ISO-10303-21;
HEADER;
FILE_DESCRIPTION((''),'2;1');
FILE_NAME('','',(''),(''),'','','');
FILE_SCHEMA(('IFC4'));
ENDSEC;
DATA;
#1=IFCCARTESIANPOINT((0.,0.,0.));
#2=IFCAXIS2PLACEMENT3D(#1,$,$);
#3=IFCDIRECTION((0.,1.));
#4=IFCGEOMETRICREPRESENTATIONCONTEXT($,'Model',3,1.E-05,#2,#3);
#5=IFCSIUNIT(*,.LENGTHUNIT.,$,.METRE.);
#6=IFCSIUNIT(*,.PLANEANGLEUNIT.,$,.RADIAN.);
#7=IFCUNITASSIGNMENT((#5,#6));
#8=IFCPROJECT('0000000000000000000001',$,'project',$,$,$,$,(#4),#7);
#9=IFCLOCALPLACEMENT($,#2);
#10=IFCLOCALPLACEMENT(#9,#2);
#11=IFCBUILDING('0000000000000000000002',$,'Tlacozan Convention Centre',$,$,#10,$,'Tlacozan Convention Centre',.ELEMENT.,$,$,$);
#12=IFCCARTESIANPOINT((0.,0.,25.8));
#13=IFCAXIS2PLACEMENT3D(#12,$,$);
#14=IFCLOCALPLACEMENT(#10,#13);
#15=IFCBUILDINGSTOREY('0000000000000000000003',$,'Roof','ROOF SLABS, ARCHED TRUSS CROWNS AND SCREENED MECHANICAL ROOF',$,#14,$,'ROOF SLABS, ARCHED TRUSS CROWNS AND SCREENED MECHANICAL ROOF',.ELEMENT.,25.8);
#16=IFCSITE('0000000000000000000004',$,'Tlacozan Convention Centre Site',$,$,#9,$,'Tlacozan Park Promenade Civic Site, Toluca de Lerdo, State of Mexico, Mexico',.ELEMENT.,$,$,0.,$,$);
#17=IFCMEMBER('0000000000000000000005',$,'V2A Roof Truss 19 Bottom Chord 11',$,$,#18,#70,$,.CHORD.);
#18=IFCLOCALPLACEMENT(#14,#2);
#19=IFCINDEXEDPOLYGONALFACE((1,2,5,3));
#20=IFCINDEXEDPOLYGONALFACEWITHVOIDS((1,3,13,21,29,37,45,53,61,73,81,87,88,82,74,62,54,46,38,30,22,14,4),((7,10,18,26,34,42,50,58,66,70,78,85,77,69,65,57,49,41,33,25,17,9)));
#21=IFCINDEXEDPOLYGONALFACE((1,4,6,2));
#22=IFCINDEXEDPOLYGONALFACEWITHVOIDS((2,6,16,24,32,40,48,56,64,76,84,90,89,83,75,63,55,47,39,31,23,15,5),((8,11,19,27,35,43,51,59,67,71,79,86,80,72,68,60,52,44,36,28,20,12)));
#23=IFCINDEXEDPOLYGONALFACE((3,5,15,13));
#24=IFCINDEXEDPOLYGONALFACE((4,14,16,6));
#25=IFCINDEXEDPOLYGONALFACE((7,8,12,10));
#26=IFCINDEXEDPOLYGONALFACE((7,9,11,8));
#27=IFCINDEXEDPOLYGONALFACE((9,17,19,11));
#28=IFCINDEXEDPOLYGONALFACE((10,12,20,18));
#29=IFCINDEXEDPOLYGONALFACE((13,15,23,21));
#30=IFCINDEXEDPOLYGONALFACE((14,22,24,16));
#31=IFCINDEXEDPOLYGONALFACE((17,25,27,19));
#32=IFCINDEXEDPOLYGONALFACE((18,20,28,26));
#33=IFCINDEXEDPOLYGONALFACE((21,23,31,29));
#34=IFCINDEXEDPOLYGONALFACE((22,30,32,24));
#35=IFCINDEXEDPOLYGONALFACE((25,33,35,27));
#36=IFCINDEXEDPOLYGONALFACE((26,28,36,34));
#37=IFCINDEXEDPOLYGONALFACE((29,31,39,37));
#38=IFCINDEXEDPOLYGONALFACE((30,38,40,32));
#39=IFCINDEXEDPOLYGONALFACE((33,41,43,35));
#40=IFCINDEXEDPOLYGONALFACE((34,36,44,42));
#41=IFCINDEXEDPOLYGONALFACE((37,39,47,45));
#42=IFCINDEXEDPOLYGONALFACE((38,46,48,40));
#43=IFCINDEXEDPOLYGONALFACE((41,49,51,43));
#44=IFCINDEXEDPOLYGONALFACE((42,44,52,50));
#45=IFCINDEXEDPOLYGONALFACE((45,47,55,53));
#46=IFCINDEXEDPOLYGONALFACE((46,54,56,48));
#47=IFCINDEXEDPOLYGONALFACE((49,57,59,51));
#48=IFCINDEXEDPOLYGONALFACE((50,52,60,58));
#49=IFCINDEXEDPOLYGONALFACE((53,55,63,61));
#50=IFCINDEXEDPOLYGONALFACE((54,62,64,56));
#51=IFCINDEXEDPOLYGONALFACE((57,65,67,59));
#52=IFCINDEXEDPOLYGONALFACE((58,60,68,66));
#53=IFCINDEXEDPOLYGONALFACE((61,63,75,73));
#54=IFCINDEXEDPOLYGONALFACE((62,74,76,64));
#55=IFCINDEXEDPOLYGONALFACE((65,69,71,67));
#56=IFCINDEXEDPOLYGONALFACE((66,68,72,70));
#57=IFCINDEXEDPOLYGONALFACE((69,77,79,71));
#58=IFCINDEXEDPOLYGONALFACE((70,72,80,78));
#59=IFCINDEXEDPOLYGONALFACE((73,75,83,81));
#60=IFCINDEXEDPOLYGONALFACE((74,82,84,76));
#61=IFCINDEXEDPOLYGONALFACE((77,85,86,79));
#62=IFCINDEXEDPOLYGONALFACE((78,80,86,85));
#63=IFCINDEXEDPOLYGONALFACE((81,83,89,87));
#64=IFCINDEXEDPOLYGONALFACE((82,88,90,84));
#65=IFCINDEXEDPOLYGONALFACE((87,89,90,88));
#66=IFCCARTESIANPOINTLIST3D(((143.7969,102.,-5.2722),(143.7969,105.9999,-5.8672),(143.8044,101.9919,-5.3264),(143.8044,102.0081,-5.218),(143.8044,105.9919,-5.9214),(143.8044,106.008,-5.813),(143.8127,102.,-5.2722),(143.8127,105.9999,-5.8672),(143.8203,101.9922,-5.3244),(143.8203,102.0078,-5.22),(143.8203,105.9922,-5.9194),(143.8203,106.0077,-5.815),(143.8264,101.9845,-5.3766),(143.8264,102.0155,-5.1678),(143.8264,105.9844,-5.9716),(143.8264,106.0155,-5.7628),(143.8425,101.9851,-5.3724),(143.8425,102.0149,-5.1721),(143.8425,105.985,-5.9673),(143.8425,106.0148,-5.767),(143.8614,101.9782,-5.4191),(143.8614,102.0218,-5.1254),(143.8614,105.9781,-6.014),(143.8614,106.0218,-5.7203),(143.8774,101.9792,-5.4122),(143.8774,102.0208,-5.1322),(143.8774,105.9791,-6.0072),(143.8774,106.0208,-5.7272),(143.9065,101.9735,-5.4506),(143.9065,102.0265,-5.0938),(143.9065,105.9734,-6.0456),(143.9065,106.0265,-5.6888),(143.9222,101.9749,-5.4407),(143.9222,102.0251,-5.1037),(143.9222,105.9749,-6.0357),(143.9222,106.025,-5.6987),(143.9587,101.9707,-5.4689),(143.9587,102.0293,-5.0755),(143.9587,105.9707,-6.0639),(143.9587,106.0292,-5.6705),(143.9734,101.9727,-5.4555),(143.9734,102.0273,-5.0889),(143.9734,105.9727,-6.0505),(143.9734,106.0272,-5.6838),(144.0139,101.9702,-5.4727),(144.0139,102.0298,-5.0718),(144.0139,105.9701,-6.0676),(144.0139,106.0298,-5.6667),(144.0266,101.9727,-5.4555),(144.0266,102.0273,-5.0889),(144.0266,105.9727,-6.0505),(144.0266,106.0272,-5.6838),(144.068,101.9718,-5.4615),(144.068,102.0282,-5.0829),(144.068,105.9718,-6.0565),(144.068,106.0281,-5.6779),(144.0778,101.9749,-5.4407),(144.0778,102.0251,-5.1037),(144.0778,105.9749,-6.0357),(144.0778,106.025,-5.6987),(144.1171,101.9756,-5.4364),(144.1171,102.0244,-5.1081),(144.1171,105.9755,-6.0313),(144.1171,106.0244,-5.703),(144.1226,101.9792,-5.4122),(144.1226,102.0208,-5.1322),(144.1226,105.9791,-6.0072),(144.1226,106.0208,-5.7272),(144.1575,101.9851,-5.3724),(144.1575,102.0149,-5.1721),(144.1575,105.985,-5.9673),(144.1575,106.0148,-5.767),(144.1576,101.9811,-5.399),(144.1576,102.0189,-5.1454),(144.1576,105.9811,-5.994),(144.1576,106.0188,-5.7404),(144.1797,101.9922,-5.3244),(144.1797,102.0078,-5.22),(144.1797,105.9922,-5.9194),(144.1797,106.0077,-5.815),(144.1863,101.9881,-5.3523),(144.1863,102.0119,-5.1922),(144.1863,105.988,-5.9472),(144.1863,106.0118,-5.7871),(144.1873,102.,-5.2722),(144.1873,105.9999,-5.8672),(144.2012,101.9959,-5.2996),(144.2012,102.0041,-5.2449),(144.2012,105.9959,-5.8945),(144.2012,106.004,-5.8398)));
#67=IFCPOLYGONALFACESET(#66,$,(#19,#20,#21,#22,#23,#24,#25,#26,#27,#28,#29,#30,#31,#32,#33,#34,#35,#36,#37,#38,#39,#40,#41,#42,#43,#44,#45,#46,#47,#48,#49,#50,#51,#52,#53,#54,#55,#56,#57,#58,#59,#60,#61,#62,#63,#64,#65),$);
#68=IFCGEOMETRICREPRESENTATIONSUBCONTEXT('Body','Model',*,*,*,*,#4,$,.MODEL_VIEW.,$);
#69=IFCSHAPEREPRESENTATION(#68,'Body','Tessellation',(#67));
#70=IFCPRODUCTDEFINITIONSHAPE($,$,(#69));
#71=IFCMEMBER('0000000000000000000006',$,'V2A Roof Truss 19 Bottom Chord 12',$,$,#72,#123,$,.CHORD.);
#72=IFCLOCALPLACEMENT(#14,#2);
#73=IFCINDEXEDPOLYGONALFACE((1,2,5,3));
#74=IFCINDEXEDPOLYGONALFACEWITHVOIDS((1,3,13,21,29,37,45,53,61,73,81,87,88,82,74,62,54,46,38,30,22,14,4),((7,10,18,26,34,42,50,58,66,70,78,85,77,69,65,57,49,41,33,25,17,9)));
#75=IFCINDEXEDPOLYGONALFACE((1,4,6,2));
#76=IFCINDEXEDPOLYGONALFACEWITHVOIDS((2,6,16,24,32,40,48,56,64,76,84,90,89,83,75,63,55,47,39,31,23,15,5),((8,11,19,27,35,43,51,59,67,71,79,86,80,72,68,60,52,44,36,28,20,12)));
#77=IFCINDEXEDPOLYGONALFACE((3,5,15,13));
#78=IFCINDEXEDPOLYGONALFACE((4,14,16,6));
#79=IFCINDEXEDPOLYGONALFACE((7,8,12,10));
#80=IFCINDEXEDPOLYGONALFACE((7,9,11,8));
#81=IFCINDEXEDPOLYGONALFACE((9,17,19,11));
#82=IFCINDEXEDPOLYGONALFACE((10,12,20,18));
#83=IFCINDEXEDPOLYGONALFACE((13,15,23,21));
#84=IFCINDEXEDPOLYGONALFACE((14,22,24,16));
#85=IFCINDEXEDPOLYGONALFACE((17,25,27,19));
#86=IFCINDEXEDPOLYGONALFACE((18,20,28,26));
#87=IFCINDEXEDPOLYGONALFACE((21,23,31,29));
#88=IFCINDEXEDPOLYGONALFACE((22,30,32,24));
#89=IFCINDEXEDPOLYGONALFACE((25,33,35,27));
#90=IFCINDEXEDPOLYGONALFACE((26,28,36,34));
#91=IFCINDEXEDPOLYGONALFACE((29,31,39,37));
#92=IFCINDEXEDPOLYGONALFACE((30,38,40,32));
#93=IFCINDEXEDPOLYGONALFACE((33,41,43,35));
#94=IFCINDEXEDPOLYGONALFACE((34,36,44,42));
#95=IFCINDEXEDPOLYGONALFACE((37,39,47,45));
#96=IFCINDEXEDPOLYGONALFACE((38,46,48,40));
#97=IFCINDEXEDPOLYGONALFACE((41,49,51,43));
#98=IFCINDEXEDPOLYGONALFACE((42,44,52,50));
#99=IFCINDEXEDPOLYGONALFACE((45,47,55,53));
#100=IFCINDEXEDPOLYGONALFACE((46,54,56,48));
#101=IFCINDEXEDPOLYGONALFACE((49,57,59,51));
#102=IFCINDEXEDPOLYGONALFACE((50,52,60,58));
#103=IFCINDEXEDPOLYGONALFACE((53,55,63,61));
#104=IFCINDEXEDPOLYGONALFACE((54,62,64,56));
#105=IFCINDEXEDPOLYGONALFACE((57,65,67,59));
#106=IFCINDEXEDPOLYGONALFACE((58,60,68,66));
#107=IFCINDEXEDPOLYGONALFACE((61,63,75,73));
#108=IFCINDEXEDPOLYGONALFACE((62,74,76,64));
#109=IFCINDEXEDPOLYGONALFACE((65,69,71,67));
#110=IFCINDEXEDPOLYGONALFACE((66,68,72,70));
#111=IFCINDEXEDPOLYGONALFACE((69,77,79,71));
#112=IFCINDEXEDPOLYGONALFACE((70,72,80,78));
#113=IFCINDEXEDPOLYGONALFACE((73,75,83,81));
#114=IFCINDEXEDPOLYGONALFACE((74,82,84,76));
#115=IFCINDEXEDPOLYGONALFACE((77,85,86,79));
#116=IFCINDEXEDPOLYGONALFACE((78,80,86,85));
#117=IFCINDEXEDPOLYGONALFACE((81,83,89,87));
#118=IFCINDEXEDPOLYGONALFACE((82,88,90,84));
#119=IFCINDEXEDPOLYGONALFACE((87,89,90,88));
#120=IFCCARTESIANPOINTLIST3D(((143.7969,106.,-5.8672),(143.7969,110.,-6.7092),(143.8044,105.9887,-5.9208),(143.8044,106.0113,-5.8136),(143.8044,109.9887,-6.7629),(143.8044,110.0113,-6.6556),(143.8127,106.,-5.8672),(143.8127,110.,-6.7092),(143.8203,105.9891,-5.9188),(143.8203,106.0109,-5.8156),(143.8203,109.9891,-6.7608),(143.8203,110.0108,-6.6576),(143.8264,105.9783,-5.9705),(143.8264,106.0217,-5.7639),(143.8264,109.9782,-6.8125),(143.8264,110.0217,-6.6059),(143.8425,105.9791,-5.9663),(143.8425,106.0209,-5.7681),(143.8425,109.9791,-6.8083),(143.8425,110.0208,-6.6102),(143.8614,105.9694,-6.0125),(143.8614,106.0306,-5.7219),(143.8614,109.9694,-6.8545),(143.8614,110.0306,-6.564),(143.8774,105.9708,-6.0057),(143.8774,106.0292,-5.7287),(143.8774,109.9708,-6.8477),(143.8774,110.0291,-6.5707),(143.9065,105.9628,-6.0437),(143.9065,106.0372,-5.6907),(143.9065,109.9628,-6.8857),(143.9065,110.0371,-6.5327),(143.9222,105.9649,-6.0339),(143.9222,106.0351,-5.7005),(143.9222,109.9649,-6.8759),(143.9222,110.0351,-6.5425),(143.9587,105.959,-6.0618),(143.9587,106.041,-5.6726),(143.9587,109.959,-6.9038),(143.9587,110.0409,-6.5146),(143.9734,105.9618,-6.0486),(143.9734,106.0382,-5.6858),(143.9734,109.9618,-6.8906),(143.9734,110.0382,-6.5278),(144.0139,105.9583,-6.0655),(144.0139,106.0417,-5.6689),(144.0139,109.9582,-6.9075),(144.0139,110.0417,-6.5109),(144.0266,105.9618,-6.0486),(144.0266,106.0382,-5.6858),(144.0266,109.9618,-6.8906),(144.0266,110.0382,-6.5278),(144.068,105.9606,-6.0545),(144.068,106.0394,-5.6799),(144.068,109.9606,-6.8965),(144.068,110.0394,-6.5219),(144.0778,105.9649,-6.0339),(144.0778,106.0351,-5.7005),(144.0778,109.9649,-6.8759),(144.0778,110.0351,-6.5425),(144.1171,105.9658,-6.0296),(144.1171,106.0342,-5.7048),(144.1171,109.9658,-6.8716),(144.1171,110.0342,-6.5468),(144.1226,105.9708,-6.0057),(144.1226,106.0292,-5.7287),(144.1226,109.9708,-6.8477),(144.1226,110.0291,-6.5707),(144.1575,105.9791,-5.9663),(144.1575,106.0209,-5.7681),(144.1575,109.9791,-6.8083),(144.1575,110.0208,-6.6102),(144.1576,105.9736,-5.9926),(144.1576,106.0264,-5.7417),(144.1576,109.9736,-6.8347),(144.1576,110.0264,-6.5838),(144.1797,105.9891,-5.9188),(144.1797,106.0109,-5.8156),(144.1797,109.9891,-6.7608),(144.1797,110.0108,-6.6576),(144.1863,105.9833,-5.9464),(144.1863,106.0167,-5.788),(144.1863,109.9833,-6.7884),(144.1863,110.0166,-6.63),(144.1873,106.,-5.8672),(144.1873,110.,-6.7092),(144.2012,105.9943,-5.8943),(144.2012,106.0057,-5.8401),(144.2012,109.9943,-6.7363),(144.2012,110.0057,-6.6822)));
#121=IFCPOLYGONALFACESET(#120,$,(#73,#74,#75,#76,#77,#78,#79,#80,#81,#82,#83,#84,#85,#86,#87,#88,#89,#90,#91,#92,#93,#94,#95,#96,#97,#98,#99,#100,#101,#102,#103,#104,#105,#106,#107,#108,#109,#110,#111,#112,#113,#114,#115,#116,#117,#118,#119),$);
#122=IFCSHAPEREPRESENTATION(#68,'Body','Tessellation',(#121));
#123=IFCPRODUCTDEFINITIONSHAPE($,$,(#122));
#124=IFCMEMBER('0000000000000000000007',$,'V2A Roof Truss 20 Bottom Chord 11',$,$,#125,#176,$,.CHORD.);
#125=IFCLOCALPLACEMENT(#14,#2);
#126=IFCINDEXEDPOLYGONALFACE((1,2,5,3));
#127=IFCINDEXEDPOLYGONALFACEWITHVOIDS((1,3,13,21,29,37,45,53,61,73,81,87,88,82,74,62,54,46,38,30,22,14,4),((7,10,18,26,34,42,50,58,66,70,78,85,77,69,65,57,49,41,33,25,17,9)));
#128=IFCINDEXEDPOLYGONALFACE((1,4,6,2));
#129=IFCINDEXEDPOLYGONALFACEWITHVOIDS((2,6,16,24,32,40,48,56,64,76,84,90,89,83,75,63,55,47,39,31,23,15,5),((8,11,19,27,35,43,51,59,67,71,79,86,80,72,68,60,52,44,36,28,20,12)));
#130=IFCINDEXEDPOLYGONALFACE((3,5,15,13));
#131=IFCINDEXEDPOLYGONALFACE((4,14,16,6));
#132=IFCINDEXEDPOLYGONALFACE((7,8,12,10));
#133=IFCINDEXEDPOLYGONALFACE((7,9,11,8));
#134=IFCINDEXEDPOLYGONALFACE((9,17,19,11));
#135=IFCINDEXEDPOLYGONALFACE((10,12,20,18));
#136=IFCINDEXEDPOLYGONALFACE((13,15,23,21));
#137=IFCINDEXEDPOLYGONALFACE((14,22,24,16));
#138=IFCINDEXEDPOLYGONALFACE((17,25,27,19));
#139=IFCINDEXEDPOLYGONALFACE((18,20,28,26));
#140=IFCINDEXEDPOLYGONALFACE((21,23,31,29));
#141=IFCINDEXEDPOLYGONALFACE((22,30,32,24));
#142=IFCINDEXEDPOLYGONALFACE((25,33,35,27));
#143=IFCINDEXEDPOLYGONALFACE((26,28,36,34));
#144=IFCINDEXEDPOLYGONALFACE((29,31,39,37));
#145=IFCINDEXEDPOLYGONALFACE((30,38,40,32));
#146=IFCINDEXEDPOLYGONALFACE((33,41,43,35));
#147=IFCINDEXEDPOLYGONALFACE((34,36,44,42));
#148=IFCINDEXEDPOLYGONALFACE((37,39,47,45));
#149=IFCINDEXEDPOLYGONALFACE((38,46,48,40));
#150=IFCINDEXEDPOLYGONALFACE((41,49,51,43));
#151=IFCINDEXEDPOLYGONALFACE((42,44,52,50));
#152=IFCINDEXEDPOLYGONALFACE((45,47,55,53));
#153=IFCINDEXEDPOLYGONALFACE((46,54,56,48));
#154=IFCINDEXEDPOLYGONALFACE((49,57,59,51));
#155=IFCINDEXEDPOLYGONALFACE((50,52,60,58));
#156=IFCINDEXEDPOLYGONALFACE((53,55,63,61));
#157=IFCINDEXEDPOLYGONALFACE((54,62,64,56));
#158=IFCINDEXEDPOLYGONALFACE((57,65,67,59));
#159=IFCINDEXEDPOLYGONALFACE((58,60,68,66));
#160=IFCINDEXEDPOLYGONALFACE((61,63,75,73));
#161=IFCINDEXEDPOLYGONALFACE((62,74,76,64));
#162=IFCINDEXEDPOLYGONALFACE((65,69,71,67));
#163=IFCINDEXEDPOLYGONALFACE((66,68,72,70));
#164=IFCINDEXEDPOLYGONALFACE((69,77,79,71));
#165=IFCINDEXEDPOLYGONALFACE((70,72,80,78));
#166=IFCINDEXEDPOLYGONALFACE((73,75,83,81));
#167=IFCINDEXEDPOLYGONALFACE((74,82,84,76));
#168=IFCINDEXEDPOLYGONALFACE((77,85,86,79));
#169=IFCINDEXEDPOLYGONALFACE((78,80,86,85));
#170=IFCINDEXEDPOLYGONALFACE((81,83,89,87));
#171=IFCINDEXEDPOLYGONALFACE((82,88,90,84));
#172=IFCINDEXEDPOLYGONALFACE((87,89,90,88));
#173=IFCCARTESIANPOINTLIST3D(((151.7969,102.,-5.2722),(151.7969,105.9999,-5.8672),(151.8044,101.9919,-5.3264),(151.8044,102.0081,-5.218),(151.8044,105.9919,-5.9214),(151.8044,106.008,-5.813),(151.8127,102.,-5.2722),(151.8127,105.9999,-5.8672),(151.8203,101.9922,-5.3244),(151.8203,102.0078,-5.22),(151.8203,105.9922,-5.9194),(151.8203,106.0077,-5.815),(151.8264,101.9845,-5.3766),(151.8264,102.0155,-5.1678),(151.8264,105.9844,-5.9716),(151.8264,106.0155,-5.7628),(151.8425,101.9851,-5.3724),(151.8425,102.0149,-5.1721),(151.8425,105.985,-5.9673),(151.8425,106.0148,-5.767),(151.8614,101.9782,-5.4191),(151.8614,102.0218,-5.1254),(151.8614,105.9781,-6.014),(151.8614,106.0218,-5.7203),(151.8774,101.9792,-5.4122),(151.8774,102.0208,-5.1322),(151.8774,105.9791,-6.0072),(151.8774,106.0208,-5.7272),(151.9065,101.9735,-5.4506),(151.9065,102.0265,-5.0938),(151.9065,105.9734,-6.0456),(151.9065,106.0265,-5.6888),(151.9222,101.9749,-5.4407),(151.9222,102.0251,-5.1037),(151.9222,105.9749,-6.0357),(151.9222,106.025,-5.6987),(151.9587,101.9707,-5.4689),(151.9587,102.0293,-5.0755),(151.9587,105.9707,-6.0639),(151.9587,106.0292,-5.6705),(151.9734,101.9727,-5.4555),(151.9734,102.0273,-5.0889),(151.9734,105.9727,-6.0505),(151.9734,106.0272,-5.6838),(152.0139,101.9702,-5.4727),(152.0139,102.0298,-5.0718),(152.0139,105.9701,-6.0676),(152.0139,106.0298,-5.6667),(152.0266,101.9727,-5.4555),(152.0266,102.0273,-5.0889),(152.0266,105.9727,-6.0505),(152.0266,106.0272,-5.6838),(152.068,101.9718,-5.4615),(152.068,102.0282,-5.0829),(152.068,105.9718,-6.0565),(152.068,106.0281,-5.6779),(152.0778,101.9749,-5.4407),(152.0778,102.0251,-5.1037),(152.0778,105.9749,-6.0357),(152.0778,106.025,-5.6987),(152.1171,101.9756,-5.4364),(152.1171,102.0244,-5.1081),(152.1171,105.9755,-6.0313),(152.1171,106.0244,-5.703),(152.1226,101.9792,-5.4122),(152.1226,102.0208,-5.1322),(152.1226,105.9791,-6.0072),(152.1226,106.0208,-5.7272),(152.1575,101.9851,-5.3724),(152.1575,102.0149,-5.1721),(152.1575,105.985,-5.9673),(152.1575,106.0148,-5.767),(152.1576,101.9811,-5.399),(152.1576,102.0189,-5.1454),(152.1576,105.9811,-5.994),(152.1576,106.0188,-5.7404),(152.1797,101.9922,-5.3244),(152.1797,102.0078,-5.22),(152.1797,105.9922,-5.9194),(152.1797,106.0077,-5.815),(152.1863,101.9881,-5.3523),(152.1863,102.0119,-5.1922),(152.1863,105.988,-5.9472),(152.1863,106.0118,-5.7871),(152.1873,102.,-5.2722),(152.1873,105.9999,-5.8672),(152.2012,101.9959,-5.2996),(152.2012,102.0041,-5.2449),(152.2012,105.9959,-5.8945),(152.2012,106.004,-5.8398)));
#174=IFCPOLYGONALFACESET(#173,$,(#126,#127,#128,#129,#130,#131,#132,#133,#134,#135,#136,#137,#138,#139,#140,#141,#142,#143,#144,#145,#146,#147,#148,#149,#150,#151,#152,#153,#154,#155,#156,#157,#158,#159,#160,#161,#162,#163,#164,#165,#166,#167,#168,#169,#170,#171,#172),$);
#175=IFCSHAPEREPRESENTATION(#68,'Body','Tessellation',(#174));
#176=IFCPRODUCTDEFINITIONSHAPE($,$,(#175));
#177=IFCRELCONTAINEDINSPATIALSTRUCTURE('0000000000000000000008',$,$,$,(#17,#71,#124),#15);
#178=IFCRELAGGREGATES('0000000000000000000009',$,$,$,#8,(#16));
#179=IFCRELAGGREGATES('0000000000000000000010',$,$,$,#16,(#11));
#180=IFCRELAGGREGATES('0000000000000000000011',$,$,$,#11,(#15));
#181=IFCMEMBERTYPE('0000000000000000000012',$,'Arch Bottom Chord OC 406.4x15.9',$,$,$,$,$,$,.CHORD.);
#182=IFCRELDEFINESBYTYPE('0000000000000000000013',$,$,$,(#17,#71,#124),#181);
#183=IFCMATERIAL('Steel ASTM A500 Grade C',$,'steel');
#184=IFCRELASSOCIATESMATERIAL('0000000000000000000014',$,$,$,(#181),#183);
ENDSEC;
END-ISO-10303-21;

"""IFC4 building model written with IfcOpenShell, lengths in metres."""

from ifc_helpers import new_model, si_unit, direction, frame, origin, origin_2d, place, context, subcontext, project, spatial, hollow_circle, extrude, material, material_profile, profile_set, type_object, element, save


model = new_model("IFC4")

# Units and contexts
model_context = context("Model", 3, precision=1e-05, world=origin(), true_north=direction((0.0, 1.0)))
body_context = subcontext(model_context, "Body", "Model", "MODEL_VIEW")
ifc_project = project(units=[si_unit("LENGTHUNIT", "METRE"), si_unit("PLANEANGLEUNIT", "RADIAN")], contexts=[model_context])

# Site, building, storey
site_placement = place(None, origin())
site = spatial("IfcSite", under=ifc_project, at=site_placement, Name="Tlacozan Convention Centre Site", LongName="Tlacozan Park Promenade Civic Site, Toluca de Lerdo, State of Mexico, Mexico", CompositionType="ELEMENT", RefElevation=0.0)
building_placement = place(site_placement, origin())
building = spatial("IfcBuilding", under=site, at=building_placement, Name="Tlacozan Convention Centre", LongName="Tlacozan Convention Centre", CompositionType="ELEMENT")
storey_placement = place(building_placement, frame((0.0, 0.0, 25.8)))
storey = spatial("IfcBuildingStorey", under=building, at=storey_placement, Name="Roof", Description="ROOF SLABS, ARCHED TRUSS CROWNS AND SCREENED MECHANICAL ROOF", LongName="ROOF SLABS, ARCHED TRUSS CROWNS AND SCREENED MECHANICAL ROOF", CompositionType="ELEMENT", Elevation=25.8)

# Members
ifc_material_1 = material(Name="Steel ASTM A500 Grade C", Category="steel")
ifc_material_profile_1 = material_profile(ifc_material_1, hollow_circle(Radius=0.2031, WallThickness=0.0159, at=origin_2d()), Name="OC 406.4x15.9")
ifc_profile_set_1 = profile_set([ifc_material_profile_1], Name="Steel ASTM A500 Grade C")
member_type_1 = type_object("IfcMemberType", Name="Arch Bottom Chord OC 406.4x15.9", PredefinedType="CHORD", material=ifc_profile_set_1)
member_1_placement = place(storey_placement, frame((144.0, 102.0, -5.2722), z_axis=(0.0, 0.989118, -0.147124), x_axis=(-1.0, 0.0, 0.0)))
element("IfcMember", 1, at=member_1_placement, inside=storey, type_object=member_type_1, Name="V2A Roof Truss 19 Bottom Chord 11", PredefinedType="CHORD", context=body_context, shape_type="SweptSolid", body=[
    extrude(hollow_circle(Radius=0.2031, WallThickness=0.0159, at=origin_2d()), origin(), (0.0, 0.0, 1.0), 4.0439),
])
member_2_placement = place(storey_placement, frame((144.0, 106.0, -5.8672), z_axis=(0.0, 0.978553, -0.205995), x_axis=(-1.0, 0.0, 0.0)))
element("IfcMember", 2, at=member_2_placement, inside=storey, type_object=member_type_1, Name="V2A Roof Truss 19 Bottom Chord 12", PredefinedType="CHORD", context=body_context, shape_type="SweptSolid", body=[
    extrude(hollow_circle(Radius=0.2031, WallThickness=0.0159, at=origin_2d()), origin(), (0.0, 0.0, 1.0), 4.0876),
])
member_3_placement = place(storey_placement, frame((152.0, 102.0, -5.2722), z_axis=(0.0, 0.989118, -0.147124), x_axis=(-1.0, 0.0, 0.0)))
element("IfcMember", 3, at=member_3_placement, inside=storey, type_object=member_type_1, Name="V2A Roof Truss 20 Bottom Chord 11", PredefinedType="CHORD", context=body_context, shape_type="SweptSolid", body=[
    extrude(hollow_circle(Radius=0.2031, WallThickness=0.0159, at=origin_2d()), origin(), (0.0, 0.0, 1.0), 4.0439),
])

save(model, "model.ifc")
